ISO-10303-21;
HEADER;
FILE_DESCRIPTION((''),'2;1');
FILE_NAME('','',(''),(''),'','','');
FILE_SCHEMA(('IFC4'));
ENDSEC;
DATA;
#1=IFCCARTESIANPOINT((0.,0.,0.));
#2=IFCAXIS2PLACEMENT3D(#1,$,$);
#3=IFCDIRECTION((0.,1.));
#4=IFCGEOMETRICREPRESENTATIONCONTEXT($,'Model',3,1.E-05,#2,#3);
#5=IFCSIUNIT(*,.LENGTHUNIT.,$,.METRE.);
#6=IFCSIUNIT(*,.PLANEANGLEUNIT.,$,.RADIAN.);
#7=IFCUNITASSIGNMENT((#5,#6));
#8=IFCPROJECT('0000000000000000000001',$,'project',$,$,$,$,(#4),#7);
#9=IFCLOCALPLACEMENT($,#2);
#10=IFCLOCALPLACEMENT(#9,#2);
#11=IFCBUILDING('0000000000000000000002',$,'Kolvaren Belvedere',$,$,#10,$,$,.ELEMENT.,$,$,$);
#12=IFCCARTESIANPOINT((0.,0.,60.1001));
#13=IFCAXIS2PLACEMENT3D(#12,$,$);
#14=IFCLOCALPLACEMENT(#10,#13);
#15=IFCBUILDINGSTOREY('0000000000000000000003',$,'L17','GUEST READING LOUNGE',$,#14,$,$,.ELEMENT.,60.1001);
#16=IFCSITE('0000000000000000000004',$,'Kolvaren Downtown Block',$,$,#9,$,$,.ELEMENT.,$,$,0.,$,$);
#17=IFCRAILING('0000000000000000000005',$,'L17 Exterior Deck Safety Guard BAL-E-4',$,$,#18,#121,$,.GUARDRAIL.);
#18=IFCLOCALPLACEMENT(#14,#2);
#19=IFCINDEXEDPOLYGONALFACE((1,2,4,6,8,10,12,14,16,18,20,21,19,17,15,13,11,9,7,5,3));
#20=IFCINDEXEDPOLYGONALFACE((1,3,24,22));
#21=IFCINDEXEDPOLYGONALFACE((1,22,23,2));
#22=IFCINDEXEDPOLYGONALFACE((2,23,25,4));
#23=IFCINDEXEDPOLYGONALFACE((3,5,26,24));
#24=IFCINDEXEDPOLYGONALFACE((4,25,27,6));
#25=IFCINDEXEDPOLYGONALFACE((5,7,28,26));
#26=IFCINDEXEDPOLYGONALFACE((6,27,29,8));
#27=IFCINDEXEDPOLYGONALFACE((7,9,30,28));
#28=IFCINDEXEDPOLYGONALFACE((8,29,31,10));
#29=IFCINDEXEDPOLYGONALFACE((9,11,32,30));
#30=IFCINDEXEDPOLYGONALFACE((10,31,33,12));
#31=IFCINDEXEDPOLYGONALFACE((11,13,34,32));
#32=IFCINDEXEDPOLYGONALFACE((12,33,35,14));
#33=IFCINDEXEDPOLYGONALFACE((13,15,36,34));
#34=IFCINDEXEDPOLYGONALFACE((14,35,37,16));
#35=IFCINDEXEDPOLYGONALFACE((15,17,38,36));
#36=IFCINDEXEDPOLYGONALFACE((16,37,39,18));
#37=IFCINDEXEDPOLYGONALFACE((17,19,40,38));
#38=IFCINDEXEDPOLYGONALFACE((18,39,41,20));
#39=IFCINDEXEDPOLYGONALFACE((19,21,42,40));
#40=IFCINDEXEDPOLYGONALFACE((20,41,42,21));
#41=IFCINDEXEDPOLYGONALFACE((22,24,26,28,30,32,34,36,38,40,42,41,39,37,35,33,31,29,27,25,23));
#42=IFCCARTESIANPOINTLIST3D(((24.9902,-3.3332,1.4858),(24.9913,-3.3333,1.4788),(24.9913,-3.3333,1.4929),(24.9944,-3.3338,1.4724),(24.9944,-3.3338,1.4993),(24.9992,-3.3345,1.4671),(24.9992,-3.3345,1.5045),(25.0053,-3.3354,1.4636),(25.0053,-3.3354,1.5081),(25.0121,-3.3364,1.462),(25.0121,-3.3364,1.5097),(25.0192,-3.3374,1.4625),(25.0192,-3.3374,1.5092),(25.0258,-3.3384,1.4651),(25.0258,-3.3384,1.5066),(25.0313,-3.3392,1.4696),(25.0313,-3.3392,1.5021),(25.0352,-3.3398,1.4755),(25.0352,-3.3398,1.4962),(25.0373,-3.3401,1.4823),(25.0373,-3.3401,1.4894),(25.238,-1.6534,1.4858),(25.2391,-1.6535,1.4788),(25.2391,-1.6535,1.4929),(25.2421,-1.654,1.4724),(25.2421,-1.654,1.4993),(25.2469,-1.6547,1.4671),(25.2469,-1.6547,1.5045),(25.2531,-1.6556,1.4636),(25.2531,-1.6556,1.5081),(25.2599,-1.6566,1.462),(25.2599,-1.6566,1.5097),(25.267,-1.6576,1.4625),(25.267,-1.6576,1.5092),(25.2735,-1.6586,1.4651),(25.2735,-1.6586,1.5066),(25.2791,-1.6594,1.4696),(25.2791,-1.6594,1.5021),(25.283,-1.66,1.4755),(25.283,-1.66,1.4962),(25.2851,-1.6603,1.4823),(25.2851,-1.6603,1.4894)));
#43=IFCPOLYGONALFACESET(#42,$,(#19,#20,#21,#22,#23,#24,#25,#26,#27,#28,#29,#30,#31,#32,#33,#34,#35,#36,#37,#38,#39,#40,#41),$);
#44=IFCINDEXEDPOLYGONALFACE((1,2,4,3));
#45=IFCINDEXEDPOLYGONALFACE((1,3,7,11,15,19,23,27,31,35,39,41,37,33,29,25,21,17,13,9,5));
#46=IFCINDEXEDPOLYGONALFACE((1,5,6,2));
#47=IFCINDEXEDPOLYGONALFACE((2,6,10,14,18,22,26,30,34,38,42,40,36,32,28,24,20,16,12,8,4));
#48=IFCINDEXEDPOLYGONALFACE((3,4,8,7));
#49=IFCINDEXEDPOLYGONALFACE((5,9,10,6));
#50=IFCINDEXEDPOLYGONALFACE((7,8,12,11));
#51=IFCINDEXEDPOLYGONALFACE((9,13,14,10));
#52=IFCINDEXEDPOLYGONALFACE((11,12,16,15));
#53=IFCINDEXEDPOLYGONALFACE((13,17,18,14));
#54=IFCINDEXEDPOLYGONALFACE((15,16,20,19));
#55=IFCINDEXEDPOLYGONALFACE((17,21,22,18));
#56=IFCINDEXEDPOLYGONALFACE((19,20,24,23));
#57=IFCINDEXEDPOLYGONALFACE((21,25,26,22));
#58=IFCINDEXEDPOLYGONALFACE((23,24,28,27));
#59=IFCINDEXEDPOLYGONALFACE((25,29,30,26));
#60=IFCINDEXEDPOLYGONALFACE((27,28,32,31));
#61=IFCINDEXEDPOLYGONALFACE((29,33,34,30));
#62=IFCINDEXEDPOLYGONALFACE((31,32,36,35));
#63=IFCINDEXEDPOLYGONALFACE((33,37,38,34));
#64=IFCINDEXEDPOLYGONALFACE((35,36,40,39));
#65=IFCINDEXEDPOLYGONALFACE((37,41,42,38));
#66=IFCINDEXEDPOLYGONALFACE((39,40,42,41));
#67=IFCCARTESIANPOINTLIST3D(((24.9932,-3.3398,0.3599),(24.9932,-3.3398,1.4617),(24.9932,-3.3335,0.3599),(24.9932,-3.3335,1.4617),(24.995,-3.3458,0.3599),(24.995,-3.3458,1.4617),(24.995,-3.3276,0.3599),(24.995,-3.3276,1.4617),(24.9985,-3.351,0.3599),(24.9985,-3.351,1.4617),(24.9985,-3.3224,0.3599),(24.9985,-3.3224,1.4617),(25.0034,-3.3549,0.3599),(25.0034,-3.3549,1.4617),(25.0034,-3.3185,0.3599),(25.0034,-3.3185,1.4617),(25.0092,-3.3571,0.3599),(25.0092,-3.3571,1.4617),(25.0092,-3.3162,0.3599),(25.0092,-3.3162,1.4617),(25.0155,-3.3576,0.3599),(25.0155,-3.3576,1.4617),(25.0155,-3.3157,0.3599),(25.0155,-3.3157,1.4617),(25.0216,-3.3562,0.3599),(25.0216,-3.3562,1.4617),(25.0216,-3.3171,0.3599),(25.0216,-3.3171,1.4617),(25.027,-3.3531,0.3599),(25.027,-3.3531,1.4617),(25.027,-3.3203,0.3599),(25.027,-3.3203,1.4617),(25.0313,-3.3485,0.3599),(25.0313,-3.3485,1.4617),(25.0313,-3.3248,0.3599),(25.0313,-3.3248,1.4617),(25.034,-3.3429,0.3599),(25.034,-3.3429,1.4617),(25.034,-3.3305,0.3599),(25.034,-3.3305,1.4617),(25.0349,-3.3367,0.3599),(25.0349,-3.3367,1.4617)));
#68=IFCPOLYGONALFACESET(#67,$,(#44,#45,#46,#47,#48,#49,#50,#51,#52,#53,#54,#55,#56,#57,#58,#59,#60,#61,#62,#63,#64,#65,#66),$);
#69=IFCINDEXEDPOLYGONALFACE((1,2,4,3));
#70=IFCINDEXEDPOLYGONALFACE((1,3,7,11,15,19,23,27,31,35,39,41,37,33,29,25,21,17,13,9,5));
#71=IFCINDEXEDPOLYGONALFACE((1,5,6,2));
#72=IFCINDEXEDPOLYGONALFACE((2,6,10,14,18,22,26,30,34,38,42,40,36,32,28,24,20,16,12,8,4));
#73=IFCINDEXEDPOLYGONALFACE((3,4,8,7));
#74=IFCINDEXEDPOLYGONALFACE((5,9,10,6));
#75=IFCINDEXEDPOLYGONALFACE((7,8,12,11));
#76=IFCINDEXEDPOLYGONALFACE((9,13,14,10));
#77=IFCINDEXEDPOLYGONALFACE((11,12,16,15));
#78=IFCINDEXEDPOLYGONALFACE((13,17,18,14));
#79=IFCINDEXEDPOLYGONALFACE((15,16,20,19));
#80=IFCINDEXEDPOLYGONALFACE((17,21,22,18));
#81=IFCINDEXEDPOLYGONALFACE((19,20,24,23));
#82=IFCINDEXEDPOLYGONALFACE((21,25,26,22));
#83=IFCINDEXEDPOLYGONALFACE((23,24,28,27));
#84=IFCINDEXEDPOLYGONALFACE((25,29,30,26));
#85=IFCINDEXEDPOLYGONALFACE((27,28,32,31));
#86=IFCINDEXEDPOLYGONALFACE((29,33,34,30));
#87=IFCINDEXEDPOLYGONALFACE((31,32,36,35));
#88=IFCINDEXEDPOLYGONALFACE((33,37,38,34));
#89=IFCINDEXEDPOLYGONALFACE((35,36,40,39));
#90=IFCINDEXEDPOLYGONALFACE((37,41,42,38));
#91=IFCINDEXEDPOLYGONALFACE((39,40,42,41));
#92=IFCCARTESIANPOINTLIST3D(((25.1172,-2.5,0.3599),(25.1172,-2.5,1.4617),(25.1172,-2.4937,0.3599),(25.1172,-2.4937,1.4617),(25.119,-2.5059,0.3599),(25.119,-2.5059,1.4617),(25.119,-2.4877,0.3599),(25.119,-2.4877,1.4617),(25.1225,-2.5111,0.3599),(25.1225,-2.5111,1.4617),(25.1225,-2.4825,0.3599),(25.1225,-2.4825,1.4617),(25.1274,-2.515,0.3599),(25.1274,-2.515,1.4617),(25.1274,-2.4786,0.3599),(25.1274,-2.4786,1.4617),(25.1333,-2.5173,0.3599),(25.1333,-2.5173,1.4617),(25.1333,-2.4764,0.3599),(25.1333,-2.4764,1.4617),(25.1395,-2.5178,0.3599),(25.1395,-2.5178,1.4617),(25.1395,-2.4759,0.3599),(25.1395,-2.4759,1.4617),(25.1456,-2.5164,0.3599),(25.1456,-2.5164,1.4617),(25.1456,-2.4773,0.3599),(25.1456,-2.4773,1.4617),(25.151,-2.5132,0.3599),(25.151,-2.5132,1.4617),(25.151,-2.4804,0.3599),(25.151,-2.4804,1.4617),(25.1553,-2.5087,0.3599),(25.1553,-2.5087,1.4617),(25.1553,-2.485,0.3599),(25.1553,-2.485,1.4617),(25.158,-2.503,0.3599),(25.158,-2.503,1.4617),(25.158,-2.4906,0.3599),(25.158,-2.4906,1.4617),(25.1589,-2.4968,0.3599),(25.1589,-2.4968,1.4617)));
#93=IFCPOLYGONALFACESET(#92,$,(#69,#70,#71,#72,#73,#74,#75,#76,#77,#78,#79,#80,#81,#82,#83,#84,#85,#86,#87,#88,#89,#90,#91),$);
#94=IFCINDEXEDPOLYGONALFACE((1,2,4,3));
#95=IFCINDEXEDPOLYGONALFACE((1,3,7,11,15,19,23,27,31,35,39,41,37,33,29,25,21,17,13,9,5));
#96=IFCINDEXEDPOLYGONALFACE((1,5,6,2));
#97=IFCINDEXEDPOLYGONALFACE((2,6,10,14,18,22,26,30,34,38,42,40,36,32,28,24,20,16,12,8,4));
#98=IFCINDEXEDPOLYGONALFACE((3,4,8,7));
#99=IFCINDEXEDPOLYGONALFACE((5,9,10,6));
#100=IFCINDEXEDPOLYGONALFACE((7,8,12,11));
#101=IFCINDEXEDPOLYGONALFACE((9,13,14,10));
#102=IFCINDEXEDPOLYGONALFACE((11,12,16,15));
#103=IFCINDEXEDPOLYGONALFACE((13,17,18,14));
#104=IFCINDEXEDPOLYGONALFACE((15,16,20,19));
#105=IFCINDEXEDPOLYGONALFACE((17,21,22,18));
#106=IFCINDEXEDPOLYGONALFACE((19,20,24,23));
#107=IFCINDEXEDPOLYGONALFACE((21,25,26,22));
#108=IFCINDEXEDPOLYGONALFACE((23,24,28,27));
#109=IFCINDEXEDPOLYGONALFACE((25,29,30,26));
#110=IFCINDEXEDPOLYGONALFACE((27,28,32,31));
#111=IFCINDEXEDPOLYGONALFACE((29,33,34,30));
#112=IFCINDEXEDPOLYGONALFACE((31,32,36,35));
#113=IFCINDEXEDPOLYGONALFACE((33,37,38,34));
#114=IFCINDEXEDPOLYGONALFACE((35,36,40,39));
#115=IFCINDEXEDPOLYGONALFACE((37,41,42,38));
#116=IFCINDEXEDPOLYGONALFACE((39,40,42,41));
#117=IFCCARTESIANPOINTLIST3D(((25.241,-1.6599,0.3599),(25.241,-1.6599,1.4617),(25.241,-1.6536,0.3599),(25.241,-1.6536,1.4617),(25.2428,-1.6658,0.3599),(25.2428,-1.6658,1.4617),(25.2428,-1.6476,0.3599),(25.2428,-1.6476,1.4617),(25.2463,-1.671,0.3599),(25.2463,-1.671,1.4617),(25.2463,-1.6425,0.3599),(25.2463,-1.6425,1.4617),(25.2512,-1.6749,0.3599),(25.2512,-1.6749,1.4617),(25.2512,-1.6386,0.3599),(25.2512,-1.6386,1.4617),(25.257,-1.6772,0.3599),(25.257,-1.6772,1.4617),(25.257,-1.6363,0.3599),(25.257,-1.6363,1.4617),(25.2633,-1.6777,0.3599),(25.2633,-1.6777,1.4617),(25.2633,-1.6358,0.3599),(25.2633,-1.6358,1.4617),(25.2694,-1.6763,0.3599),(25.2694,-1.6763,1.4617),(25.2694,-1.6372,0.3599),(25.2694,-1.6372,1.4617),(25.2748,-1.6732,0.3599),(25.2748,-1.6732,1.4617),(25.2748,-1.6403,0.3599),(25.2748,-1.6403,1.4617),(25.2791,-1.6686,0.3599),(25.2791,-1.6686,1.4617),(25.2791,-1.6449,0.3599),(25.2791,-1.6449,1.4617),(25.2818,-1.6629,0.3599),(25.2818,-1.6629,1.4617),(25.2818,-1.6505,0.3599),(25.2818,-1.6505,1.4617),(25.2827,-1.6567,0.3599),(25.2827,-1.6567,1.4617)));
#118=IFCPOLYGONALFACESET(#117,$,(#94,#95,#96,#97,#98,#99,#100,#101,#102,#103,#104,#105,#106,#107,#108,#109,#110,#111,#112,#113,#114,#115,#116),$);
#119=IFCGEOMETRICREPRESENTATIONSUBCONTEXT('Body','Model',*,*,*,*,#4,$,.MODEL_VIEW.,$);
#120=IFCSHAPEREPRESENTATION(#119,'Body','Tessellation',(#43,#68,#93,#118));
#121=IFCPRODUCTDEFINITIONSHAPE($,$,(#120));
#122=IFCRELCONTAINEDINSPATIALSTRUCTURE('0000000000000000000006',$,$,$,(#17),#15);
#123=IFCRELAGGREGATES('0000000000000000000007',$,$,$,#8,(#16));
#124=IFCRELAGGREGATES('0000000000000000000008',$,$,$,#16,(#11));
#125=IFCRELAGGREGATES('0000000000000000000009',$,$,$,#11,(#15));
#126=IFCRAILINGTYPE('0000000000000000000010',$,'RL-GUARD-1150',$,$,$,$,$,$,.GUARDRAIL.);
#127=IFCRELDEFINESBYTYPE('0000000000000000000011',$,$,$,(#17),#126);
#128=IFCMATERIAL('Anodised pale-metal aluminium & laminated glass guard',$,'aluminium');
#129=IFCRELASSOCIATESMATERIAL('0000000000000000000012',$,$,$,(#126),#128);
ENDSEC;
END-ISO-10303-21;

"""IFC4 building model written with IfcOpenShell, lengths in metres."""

from ifc_helpers import new_model, si_unit, direction, frame, origin, origin_2d, place, context, subcontext, project, spatial, circle, extrude, material, type_object, element, save


model = new_model("IFC4")

# Units and contexts
model_context = context("Model", 3, precision=1e-05, world=origin(), true_north=direction((0.0, 1.0)))
body_context = subcontext(model_context, "Body", "Model", "MODEL_VIEW")
ifc_project = project(units=[si_unit("LENGTHUNIT", "METRE"), si_unit("PLANEANGLEUNIT", "RADIAN")], contexts=[model_context])

# Site, building, storey
site_placement = place(None, origin())
site = spatial("IfcSite", under=ifc_project, at=site_placement, Name="Kolvaren Downtown Block", CompositionType="ELEMENT", RefElevation=0.0)
building_placement = place(site_placement, origin())
building = spatial("IfcBuilding", under=site, at=building_placement, Name="Kolvaren Belvedere", CompositionType="ELEMENT")
storey_placement = place(building_placement, frame((0.0, 0.0, 60.1001)))
storey = spatial("IfcBuildingStorey", under=building, at=storey_placement, Name="L17", Description="GUEST READING LOUNGE", CompositionType="ELEMENT", Elevation=60.1001)

# Railing
ifc_material_1 = material(Name="Anodised pale-metal aluminium & laminated glass guard", Category="aluminium")
railing_type = type_object("IfcRailingType", Name="RL-GUARD-1150", PredefinedType="GUARDRAIL", material=ifc_material_1)
railing_1_placement = place(storey_placement, frame((25.0139, -3.3367, 0.3599)))
element("IfcRailing", 1, at=railing_1_placement, inside=storey, type_object=railing_type, Name="L17 Exterior Deck Safety Guard BAL-E-4", PredefinedType="GUARDRAIL", context=body_context, shape_type="SweptSolid", body=[
    extrude(circle(Radius=0.0239, at=origin_2d()), frame((0.0, 0.0, 1.126), z_axis=(0.145929, 0.989295, 0.0), x_axis=(-0.989295, 0.145929, 0.0)), (0.0, 0.0, 1.0), 1.698),
    extrude(circle(Radius=0.021, at=origin_2d()), origin(), (0.0, 0.0, 1.0), 1.1018),
    extrude(circle(Radius=0.021, at=origin_2d()), frame((0.124, 0.8398, 0.0)), (0.0, 0.0, 1.0), 1.1018),
    extrude(circle(Radius=0.021, at=origin_2d()), frame((0.2478, 1.6799, 0.0)), (0.0, 0.0, 1.0), 1.1018),
])

save(model, "model.ifc")
